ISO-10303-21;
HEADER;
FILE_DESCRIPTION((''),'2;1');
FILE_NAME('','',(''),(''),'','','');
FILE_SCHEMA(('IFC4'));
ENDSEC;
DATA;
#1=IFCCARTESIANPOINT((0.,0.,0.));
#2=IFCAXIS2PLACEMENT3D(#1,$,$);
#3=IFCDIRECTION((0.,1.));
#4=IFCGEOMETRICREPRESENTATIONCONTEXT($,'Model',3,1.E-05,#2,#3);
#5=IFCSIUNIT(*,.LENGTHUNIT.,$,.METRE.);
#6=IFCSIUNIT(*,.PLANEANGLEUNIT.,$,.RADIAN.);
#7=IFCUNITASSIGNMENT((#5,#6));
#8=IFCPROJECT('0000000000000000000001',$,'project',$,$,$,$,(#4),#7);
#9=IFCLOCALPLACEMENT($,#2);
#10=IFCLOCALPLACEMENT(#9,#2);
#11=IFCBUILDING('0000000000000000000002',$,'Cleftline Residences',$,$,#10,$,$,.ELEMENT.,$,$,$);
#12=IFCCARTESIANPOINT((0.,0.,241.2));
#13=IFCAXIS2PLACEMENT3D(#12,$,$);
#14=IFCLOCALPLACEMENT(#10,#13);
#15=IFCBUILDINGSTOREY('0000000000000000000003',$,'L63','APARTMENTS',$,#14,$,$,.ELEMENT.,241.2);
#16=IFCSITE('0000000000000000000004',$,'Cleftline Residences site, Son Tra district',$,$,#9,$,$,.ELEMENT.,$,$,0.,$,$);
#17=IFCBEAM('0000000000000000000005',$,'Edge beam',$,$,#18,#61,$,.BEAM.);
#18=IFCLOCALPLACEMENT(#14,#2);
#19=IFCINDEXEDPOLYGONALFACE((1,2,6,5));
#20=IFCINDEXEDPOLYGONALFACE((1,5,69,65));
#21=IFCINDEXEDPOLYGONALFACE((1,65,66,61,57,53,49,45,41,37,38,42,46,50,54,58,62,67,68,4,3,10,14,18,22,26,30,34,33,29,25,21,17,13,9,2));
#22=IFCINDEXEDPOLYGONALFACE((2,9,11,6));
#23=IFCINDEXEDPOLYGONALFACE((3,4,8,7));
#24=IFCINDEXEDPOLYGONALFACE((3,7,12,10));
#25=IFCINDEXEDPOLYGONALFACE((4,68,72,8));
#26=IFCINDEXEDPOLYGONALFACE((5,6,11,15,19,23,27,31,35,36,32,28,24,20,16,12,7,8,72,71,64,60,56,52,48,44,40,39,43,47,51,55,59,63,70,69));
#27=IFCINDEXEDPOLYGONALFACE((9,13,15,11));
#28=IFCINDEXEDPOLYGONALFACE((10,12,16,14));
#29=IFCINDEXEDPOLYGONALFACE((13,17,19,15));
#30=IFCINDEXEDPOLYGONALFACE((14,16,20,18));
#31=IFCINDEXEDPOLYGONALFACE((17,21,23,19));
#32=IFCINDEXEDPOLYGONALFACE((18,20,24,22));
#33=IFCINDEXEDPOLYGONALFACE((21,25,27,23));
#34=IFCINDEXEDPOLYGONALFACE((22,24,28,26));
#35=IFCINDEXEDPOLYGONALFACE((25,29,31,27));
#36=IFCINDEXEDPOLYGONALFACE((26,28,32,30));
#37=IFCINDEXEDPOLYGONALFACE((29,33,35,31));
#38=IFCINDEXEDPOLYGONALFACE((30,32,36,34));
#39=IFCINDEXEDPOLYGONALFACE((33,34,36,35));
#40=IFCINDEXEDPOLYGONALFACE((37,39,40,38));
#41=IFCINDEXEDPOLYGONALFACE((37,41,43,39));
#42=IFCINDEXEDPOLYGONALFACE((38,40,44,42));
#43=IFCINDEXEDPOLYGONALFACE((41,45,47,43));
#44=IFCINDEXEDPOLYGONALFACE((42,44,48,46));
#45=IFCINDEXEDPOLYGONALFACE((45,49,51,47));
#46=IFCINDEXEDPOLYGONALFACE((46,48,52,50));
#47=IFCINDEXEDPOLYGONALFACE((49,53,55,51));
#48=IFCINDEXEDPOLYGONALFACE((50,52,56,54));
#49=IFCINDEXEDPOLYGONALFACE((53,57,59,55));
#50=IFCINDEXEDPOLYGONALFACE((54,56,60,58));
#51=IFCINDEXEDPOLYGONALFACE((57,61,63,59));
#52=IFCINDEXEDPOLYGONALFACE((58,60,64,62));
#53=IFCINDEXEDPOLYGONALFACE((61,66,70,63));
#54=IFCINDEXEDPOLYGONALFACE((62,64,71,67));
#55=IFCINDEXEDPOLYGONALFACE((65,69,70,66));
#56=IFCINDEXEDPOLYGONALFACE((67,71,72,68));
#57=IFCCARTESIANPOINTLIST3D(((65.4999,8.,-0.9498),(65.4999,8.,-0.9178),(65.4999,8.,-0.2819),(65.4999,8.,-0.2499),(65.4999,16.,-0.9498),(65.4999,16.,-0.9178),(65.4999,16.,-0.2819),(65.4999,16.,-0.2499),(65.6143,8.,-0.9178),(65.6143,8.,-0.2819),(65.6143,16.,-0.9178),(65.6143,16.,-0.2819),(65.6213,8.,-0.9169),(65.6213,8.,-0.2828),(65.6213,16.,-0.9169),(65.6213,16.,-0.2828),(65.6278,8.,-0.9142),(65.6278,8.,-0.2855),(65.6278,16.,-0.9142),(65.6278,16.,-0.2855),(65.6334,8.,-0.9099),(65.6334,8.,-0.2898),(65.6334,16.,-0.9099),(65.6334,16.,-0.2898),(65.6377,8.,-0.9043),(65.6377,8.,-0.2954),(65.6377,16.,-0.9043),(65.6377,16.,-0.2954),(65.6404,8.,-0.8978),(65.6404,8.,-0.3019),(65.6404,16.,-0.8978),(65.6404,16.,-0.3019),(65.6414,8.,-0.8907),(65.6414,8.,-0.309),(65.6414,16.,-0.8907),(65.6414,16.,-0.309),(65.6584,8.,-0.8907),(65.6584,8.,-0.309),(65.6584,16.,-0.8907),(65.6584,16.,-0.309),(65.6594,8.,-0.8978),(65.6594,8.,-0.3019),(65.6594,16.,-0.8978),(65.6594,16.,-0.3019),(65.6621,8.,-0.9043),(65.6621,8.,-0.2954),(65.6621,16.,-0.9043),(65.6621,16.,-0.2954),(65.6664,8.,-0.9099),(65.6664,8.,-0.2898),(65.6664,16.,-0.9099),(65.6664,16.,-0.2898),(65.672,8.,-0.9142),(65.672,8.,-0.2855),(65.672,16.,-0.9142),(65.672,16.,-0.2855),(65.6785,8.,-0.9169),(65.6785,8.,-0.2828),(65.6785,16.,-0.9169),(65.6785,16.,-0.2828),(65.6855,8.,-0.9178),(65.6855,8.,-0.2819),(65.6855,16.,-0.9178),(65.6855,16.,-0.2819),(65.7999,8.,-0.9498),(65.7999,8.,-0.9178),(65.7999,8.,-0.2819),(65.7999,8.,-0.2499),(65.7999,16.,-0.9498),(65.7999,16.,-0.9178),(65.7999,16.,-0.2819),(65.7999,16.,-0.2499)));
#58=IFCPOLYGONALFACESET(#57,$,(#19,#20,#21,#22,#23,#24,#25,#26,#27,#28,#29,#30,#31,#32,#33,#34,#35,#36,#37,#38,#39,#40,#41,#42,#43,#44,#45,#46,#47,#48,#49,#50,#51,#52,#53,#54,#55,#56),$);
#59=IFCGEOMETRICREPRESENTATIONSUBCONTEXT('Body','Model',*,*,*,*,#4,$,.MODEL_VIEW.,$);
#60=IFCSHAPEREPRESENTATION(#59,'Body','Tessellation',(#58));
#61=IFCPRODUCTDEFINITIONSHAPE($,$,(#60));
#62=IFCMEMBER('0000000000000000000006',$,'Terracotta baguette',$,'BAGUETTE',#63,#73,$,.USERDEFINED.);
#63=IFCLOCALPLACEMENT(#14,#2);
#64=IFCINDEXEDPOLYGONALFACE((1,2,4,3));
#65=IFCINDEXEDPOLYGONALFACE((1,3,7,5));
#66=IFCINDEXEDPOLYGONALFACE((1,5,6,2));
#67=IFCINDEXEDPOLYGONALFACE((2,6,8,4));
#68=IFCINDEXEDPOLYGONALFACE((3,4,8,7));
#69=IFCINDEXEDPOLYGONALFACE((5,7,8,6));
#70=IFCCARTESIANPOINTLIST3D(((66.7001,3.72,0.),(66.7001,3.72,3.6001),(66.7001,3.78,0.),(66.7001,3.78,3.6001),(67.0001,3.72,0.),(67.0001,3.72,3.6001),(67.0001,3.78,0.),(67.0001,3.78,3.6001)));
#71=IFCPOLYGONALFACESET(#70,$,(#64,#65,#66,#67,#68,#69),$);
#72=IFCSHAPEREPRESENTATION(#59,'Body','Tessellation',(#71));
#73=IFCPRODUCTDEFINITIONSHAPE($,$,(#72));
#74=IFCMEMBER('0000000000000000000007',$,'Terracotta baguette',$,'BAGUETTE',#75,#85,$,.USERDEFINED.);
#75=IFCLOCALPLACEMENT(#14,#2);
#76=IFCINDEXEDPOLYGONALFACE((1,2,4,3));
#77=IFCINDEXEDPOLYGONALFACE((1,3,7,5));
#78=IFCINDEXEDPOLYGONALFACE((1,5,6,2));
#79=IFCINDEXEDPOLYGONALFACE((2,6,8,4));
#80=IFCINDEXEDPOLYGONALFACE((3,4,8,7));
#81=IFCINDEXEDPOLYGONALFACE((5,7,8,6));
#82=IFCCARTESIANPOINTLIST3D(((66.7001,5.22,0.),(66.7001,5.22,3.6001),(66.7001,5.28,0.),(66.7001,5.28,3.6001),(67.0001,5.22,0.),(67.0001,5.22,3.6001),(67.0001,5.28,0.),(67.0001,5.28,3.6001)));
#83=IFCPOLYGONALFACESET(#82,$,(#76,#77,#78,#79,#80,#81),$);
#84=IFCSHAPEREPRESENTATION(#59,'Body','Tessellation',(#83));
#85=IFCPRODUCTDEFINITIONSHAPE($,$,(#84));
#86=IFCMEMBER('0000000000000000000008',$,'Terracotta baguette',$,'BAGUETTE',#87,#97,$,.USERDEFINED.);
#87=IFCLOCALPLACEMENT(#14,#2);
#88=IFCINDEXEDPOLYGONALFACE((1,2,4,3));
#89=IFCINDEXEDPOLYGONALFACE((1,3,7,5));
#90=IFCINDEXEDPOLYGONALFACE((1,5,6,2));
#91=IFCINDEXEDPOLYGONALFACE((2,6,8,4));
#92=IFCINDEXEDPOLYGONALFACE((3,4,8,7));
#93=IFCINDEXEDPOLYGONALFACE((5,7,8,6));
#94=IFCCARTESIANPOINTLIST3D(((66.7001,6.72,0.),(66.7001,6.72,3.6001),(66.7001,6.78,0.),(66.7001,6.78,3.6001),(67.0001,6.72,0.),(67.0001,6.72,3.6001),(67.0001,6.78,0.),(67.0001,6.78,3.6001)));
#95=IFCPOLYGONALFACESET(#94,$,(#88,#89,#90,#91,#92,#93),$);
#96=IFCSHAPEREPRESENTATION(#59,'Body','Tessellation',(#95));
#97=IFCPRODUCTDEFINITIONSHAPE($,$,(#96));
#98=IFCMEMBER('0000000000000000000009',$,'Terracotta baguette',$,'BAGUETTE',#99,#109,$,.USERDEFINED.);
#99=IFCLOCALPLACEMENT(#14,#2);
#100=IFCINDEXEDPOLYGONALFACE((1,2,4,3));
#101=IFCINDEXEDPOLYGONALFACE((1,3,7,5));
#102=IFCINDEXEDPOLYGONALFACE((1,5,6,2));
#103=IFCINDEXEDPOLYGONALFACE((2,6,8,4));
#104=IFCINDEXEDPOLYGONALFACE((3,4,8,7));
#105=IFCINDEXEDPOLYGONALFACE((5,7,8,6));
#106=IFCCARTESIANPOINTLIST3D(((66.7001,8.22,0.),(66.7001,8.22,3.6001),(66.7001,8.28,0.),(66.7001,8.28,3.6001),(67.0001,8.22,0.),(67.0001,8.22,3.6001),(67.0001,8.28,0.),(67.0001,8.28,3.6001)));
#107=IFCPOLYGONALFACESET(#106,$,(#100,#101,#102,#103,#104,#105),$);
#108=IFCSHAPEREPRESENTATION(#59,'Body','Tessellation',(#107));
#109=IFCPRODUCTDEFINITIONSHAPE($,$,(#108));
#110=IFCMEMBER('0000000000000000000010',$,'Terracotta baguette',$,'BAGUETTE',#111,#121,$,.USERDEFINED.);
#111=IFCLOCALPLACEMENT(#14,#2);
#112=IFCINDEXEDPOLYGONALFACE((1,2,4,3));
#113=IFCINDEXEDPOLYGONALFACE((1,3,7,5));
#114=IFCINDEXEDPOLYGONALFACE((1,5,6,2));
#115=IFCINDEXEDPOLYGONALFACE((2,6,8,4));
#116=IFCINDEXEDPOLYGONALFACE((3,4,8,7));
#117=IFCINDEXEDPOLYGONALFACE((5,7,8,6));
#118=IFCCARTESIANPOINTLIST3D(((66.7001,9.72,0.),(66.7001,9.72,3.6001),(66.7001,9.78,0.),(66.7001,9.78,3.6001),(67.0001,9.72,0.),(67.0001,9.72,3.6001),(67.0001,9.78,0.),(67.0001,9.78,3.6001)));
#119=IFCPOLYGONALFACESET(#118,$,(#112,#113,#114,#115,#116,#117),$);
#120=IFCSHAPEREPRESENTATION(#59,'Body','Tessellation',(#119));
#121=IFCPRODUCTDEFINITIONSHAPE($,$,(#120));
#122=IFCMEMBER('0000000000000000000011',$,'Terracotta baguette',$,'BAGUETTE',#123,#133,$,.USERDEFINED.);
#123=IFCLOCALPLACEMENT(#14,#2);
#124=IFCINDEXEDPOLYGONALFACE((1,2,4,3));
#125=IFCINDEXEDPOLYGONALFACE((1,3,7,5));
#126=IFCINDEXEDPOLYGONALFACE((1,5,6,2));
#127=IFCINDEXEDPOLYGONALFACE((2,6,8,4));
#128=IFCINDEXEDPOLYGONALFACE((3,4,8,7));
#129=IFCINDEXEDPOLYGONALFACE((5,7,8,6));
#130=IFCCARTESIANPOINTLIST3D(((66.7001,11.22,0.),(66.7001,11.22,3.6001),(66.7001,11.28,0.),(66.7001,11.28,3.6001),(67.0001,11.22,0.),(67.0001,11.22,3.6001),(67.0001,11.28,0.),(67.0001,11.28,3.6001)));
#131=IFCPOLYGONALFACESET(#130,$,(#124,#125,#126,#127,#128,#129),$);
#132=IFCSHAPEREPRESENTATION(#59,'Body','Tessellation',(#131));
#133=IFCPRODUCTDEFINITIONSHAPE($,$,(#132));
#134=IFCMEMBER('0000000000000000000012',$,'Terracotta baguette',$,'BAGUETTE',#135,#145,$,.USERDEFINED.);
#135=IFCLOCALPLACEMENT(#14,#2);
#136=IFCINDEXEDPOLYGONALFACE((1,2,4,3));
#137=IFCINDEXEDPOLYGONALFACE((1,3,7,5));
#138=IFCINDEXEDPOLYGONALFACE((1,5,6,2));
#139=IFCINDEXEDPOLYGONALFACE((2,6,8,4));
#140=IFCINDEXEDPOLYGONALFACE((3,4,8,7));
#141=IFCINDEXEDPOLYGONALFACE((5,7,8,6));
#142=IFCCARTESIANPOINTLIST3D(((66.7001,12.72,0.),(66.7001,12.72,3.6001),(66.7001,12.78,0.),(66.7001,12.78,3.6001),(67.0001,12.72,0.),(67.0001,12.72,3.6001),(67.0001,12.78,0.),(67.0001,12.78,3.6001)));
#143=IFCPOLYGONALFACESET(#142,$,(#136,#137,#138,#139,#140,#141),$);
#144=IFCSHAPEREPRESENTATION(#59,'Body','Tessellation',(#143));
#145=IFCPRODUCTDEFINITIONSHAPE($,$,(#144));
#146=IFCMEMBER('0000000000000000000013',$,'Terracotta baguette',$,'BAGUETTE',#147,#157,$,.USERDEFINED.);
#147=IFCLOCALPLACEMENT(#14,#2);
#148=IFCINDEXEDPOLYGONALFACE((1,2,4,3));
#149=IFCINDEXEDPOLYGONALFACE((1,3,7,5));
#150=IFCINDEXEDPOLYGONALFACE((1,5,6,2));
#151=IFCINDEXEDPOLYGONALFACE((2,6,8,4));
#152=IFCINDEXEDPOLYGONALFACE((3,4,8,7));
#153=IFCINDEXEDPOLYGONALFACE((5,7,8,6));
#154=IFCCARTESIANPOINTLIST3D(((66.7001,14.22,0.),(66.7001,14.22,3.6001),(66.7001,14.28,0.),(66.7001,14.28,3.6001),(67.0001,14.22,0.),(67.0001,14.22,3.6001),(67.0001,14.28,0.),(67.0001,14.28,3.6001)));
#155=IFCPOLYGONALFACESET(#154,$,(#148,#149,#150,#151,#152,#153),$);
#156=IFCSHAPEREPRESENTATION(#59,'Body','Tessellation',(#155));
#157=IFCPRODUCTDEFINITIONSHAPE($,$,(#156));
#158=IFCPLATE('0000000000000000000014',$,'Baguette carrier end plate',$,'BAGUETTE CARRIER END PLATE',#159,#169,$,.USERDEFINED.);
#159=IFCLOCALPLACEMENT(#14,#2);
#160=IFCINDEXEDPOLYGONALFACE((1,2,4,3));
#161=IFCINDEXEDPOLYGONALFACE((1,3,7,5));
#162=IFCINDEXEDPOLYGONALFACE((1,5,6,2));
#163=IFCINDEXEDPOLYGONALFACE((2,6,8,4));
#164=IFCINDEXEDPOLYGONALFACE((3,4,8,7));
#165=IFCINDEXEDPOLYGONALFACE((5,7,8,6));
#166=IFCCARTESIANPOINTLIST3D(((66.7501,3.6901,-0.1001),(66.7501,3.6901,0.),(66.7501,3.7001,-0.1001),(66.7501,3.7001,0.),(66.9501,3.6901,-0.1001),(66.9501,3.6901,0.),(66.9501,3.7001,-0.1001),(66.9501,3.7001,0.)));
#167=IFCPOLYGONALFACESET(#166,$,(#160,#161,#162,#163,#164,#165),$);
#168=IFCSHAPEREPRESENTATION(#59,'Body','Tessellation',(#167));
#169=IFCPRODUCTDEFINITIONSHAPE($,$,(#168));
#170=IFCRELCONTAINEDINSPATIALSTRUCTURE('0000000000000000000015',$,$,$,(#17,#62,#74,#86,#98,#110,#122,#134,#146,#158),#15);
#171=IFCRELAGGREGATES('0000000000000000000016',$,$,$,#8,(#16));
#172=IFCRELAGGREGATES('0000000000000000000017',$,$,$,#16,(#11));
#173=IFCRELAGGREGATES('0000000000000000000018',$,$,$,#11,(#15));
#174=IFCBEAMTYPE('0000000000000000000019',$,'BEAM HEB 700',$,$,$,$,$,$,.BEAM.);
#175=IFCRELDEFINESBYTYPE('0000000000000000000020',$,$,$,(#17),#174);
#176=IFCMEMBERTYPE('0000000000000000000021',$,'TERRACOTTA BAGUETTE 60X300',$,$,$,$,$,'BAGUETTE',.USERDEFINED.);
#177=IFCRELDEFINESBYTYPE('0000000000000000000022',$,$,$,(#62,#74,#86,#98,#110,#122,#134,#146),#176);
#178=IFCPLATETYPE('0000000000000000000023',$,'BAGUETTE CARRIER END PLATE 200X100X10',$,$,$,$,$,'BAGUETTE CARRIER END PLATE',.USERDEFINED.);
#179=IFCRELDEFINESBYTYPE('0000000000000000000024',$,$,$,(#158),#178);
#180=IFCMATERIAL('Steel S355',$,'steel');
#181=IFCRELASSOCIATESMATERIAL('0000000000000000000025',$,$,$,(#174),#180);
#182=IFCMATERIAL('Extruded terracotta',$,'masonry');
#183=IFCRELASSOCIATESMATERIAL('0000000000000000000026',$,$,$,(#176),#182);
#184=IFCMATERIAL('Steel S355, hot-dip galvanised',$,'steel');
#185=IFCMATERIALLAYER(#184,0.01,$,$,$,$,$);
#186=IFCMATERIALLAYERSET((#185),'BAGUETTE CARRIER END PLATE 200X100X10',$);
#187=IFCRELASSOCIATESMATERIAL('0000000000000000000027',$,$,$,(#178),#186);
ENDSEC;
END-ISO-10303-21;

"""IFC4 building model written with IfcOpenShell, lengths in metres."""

from ifc_helpers import new_model, si_unit, direction, frame, origin, origin_2d, place, context, subcontext, project, spatial, rectangle, i_section, extrude, material, layer, layer_set, material_profile, profile_set, type_object, element, save


model = new_model("IFC4")

# Units and contexts
model_context = context("Model", 3, precision=1e-05, world=origin(), true_north=direction((0.0, 1.0)))
body_context = subcontext(model_context, "Body", "Model", "MODEL_VIEW")
ifc_project = project(units=[si_unit("LENGTHUNIT", "METRE"), si_unit("PLANEANGLEUNIT", "RADIAN")], contexts=[model_context])

# Site, building, storey
site_placement = place(None, origin())
site = spatial("IfcSite", under=ifc_project, at=site_placement, Name="Cleftline Residences site, Son Tra district", CompositionType="ELEMENT", RefElevation=0.0)
building_placement = place(site_placement, origin())
building = spatial("IfcBuilding", under=site, at=building_placement, Name="Cleftline Residences", CompositionType="ELEMENT")
storey_placement = place(building_placement, frame((0.0, 0.0, 241.2)))
storey = spatial("IfcBuildingStorey", under=building, at=storey_placement, Name="L63", Description="APARTMENTS", CompositionType="ELEMENT", Elevation=241.2)

# Beam
ifc_material_1 = material(Name="Steel S355", Category="steel")
ifc_material_profile_1 = material_profile(ifc_material_1, i_section(OverallWidth=0.3, OverallDepth=0.7, WebThickness=0.0171, FlangeThickness=0.032, FilletRadius=0.0271, at=origin_2d()))
ifc_profile_set_1 = profile_set([ifc_material_profile_1], Name="Steel S355")
beam_type = type_object("IfcBeamType", Name="BEAM HEB 700", PredefinedType="BEAM", material=ifc_profile_set_1)
beam_placement = place(storey_placement, frame((65.6499, 8.0, -0.5999), z_axis=(0.0, 1.0, 0.0), x_axis=(-1.0, 0.0, 0.0)))
element("IfcBeam", 1, at=beam_placement, inside=storey, type_object=beam_type, Name="Edge beam", PredefinedType="BEAM", context=body_context, shape_type="SweptSolid", body=[
    extrude(i_section(OverallWidth=0.3, OverallDepth=0.7, WebThickness=0.0171, FlangeThickness=0.032, FilletRadius=0.0271, at=origin_2d()), origin(), (0.0, 0.0, 1.0), 8.0),
])

# Members
ifc_material_2 = material(Name="Extruded terracotta", Category="masonry")
ifc_material_profile_2 = material_profile(ifc_material_2, rectangle(XDim=0.0601, YDim=0.3, at=origin_2d()))
ifc_profile_set_2 = profile_set([ifc_material_profile_2], Name="Extruded terracotta")
member_type_1 = type_object("IfcMemberType", Name="TERRACOTTA BAGUETTE 60X300", ElementType="BAGUETTE", PredefinedType="USERDEFINED", material=ifc_profile_set_2)
for number, where, z_axis, x_axis, name in (
    (2, (66.8501, 3.75, 0.0), (0.0, 0.0, 1.0), (0.0, 1.0, 0.0), "Terracotta baguette"),
    (3, (66.8501, 5.25, 0.0), (0.0, 0.0, 1.0), (0.0, 1.0, 0.0), "Terracotta baguette"),
    (4, (66.8501, 6.75, 0.0), (0.0, 0.0, 1.0), (0.0, 1.0, 0.0), "Terracotta baguette"),
    (5, (66.8501, 8.25, 0.0), (0.0, 0.0, 1.0), (0.0, 1.0, 0.0), "Terracotta baguette"),
    (6, (66.8501, 9.75, 0.0), (0.0, 0.0, 1.0), (0.0, 1.0, 0.0), "Terracotta baguette"),
    (7, (66.8501, 11.25, 0.0), (0.0, 0.0, 1.0), (0.0, 1.0, 0.0), "Terracotta baguette"),
    (8, (66.8501, 12.75, 0.0), (0.0, 0.0, 1.0), (0.0, 1.0, 0.0), "Terracotta baguette"),
    (9, (66.8501, 14.25, 0.0), (0.0, 0.0, 1.0), (0.0, 1.0, 0.0), "Terracotta baguette"),
):
    element("IfcMember", number, at=place(storey_placement, frame(where, z_axis=z_axis, x_axis=x_axis)), inside=storey, type_object=member_type_1, Name=name, ObjectType="BAGUETTE", PredefinedType="USERDEFINED", context=body_context, shape_type="SweptSolid", body=[
        extrude(rectangle(XDim=0.0601, YDim=0.3, at=origin_2d()), origin(), (0.0, 0.0, 1.0), 3.6001),
    ])

# Plate
ifc_material_3 = material(Name="Steel S355, hot-dip galvanised", Category="steel")
ifc_layer_1 = layer(ifc_material_3, 0.01)
ifc_layer_set_1 = layer_set([ifc_layer_1], Name="BAGUETTE CARRIER END PLATE 200X100X10")
plate_type = type_object("IfcPlateType", Name="BAGUETTE CARRIER END PLATE 200X100X10", ElementType="BAGUETTE CARRIER END PLATE", PredefinedType="USERDEFINED", material=ifc_layer_set_1)
plate_placement = place(storey_placement, frame((66.8501, 3.6951, -0.1001), z_axis=(0.0, 0.0, 1.0), x_axis=(1.0, 0.0, 0.0)))
element("IfcPlate", 10, at=plate_placement, inside=storey, type_object=plate_type, Name="Baguette carrier end plate", ObjectType="BAGUETTE CARRIER END PLATE", PredefinedType="USERDEFINED", context=body_context, shape_type="SweptSolid", body=[
    extrude(rectangle(XDim=0.2, YDim=0.01, at=origin_2d()), origin(), (0.0, 0.0, 1.0), 0.1001),
])

save(model, "model.ifc")
